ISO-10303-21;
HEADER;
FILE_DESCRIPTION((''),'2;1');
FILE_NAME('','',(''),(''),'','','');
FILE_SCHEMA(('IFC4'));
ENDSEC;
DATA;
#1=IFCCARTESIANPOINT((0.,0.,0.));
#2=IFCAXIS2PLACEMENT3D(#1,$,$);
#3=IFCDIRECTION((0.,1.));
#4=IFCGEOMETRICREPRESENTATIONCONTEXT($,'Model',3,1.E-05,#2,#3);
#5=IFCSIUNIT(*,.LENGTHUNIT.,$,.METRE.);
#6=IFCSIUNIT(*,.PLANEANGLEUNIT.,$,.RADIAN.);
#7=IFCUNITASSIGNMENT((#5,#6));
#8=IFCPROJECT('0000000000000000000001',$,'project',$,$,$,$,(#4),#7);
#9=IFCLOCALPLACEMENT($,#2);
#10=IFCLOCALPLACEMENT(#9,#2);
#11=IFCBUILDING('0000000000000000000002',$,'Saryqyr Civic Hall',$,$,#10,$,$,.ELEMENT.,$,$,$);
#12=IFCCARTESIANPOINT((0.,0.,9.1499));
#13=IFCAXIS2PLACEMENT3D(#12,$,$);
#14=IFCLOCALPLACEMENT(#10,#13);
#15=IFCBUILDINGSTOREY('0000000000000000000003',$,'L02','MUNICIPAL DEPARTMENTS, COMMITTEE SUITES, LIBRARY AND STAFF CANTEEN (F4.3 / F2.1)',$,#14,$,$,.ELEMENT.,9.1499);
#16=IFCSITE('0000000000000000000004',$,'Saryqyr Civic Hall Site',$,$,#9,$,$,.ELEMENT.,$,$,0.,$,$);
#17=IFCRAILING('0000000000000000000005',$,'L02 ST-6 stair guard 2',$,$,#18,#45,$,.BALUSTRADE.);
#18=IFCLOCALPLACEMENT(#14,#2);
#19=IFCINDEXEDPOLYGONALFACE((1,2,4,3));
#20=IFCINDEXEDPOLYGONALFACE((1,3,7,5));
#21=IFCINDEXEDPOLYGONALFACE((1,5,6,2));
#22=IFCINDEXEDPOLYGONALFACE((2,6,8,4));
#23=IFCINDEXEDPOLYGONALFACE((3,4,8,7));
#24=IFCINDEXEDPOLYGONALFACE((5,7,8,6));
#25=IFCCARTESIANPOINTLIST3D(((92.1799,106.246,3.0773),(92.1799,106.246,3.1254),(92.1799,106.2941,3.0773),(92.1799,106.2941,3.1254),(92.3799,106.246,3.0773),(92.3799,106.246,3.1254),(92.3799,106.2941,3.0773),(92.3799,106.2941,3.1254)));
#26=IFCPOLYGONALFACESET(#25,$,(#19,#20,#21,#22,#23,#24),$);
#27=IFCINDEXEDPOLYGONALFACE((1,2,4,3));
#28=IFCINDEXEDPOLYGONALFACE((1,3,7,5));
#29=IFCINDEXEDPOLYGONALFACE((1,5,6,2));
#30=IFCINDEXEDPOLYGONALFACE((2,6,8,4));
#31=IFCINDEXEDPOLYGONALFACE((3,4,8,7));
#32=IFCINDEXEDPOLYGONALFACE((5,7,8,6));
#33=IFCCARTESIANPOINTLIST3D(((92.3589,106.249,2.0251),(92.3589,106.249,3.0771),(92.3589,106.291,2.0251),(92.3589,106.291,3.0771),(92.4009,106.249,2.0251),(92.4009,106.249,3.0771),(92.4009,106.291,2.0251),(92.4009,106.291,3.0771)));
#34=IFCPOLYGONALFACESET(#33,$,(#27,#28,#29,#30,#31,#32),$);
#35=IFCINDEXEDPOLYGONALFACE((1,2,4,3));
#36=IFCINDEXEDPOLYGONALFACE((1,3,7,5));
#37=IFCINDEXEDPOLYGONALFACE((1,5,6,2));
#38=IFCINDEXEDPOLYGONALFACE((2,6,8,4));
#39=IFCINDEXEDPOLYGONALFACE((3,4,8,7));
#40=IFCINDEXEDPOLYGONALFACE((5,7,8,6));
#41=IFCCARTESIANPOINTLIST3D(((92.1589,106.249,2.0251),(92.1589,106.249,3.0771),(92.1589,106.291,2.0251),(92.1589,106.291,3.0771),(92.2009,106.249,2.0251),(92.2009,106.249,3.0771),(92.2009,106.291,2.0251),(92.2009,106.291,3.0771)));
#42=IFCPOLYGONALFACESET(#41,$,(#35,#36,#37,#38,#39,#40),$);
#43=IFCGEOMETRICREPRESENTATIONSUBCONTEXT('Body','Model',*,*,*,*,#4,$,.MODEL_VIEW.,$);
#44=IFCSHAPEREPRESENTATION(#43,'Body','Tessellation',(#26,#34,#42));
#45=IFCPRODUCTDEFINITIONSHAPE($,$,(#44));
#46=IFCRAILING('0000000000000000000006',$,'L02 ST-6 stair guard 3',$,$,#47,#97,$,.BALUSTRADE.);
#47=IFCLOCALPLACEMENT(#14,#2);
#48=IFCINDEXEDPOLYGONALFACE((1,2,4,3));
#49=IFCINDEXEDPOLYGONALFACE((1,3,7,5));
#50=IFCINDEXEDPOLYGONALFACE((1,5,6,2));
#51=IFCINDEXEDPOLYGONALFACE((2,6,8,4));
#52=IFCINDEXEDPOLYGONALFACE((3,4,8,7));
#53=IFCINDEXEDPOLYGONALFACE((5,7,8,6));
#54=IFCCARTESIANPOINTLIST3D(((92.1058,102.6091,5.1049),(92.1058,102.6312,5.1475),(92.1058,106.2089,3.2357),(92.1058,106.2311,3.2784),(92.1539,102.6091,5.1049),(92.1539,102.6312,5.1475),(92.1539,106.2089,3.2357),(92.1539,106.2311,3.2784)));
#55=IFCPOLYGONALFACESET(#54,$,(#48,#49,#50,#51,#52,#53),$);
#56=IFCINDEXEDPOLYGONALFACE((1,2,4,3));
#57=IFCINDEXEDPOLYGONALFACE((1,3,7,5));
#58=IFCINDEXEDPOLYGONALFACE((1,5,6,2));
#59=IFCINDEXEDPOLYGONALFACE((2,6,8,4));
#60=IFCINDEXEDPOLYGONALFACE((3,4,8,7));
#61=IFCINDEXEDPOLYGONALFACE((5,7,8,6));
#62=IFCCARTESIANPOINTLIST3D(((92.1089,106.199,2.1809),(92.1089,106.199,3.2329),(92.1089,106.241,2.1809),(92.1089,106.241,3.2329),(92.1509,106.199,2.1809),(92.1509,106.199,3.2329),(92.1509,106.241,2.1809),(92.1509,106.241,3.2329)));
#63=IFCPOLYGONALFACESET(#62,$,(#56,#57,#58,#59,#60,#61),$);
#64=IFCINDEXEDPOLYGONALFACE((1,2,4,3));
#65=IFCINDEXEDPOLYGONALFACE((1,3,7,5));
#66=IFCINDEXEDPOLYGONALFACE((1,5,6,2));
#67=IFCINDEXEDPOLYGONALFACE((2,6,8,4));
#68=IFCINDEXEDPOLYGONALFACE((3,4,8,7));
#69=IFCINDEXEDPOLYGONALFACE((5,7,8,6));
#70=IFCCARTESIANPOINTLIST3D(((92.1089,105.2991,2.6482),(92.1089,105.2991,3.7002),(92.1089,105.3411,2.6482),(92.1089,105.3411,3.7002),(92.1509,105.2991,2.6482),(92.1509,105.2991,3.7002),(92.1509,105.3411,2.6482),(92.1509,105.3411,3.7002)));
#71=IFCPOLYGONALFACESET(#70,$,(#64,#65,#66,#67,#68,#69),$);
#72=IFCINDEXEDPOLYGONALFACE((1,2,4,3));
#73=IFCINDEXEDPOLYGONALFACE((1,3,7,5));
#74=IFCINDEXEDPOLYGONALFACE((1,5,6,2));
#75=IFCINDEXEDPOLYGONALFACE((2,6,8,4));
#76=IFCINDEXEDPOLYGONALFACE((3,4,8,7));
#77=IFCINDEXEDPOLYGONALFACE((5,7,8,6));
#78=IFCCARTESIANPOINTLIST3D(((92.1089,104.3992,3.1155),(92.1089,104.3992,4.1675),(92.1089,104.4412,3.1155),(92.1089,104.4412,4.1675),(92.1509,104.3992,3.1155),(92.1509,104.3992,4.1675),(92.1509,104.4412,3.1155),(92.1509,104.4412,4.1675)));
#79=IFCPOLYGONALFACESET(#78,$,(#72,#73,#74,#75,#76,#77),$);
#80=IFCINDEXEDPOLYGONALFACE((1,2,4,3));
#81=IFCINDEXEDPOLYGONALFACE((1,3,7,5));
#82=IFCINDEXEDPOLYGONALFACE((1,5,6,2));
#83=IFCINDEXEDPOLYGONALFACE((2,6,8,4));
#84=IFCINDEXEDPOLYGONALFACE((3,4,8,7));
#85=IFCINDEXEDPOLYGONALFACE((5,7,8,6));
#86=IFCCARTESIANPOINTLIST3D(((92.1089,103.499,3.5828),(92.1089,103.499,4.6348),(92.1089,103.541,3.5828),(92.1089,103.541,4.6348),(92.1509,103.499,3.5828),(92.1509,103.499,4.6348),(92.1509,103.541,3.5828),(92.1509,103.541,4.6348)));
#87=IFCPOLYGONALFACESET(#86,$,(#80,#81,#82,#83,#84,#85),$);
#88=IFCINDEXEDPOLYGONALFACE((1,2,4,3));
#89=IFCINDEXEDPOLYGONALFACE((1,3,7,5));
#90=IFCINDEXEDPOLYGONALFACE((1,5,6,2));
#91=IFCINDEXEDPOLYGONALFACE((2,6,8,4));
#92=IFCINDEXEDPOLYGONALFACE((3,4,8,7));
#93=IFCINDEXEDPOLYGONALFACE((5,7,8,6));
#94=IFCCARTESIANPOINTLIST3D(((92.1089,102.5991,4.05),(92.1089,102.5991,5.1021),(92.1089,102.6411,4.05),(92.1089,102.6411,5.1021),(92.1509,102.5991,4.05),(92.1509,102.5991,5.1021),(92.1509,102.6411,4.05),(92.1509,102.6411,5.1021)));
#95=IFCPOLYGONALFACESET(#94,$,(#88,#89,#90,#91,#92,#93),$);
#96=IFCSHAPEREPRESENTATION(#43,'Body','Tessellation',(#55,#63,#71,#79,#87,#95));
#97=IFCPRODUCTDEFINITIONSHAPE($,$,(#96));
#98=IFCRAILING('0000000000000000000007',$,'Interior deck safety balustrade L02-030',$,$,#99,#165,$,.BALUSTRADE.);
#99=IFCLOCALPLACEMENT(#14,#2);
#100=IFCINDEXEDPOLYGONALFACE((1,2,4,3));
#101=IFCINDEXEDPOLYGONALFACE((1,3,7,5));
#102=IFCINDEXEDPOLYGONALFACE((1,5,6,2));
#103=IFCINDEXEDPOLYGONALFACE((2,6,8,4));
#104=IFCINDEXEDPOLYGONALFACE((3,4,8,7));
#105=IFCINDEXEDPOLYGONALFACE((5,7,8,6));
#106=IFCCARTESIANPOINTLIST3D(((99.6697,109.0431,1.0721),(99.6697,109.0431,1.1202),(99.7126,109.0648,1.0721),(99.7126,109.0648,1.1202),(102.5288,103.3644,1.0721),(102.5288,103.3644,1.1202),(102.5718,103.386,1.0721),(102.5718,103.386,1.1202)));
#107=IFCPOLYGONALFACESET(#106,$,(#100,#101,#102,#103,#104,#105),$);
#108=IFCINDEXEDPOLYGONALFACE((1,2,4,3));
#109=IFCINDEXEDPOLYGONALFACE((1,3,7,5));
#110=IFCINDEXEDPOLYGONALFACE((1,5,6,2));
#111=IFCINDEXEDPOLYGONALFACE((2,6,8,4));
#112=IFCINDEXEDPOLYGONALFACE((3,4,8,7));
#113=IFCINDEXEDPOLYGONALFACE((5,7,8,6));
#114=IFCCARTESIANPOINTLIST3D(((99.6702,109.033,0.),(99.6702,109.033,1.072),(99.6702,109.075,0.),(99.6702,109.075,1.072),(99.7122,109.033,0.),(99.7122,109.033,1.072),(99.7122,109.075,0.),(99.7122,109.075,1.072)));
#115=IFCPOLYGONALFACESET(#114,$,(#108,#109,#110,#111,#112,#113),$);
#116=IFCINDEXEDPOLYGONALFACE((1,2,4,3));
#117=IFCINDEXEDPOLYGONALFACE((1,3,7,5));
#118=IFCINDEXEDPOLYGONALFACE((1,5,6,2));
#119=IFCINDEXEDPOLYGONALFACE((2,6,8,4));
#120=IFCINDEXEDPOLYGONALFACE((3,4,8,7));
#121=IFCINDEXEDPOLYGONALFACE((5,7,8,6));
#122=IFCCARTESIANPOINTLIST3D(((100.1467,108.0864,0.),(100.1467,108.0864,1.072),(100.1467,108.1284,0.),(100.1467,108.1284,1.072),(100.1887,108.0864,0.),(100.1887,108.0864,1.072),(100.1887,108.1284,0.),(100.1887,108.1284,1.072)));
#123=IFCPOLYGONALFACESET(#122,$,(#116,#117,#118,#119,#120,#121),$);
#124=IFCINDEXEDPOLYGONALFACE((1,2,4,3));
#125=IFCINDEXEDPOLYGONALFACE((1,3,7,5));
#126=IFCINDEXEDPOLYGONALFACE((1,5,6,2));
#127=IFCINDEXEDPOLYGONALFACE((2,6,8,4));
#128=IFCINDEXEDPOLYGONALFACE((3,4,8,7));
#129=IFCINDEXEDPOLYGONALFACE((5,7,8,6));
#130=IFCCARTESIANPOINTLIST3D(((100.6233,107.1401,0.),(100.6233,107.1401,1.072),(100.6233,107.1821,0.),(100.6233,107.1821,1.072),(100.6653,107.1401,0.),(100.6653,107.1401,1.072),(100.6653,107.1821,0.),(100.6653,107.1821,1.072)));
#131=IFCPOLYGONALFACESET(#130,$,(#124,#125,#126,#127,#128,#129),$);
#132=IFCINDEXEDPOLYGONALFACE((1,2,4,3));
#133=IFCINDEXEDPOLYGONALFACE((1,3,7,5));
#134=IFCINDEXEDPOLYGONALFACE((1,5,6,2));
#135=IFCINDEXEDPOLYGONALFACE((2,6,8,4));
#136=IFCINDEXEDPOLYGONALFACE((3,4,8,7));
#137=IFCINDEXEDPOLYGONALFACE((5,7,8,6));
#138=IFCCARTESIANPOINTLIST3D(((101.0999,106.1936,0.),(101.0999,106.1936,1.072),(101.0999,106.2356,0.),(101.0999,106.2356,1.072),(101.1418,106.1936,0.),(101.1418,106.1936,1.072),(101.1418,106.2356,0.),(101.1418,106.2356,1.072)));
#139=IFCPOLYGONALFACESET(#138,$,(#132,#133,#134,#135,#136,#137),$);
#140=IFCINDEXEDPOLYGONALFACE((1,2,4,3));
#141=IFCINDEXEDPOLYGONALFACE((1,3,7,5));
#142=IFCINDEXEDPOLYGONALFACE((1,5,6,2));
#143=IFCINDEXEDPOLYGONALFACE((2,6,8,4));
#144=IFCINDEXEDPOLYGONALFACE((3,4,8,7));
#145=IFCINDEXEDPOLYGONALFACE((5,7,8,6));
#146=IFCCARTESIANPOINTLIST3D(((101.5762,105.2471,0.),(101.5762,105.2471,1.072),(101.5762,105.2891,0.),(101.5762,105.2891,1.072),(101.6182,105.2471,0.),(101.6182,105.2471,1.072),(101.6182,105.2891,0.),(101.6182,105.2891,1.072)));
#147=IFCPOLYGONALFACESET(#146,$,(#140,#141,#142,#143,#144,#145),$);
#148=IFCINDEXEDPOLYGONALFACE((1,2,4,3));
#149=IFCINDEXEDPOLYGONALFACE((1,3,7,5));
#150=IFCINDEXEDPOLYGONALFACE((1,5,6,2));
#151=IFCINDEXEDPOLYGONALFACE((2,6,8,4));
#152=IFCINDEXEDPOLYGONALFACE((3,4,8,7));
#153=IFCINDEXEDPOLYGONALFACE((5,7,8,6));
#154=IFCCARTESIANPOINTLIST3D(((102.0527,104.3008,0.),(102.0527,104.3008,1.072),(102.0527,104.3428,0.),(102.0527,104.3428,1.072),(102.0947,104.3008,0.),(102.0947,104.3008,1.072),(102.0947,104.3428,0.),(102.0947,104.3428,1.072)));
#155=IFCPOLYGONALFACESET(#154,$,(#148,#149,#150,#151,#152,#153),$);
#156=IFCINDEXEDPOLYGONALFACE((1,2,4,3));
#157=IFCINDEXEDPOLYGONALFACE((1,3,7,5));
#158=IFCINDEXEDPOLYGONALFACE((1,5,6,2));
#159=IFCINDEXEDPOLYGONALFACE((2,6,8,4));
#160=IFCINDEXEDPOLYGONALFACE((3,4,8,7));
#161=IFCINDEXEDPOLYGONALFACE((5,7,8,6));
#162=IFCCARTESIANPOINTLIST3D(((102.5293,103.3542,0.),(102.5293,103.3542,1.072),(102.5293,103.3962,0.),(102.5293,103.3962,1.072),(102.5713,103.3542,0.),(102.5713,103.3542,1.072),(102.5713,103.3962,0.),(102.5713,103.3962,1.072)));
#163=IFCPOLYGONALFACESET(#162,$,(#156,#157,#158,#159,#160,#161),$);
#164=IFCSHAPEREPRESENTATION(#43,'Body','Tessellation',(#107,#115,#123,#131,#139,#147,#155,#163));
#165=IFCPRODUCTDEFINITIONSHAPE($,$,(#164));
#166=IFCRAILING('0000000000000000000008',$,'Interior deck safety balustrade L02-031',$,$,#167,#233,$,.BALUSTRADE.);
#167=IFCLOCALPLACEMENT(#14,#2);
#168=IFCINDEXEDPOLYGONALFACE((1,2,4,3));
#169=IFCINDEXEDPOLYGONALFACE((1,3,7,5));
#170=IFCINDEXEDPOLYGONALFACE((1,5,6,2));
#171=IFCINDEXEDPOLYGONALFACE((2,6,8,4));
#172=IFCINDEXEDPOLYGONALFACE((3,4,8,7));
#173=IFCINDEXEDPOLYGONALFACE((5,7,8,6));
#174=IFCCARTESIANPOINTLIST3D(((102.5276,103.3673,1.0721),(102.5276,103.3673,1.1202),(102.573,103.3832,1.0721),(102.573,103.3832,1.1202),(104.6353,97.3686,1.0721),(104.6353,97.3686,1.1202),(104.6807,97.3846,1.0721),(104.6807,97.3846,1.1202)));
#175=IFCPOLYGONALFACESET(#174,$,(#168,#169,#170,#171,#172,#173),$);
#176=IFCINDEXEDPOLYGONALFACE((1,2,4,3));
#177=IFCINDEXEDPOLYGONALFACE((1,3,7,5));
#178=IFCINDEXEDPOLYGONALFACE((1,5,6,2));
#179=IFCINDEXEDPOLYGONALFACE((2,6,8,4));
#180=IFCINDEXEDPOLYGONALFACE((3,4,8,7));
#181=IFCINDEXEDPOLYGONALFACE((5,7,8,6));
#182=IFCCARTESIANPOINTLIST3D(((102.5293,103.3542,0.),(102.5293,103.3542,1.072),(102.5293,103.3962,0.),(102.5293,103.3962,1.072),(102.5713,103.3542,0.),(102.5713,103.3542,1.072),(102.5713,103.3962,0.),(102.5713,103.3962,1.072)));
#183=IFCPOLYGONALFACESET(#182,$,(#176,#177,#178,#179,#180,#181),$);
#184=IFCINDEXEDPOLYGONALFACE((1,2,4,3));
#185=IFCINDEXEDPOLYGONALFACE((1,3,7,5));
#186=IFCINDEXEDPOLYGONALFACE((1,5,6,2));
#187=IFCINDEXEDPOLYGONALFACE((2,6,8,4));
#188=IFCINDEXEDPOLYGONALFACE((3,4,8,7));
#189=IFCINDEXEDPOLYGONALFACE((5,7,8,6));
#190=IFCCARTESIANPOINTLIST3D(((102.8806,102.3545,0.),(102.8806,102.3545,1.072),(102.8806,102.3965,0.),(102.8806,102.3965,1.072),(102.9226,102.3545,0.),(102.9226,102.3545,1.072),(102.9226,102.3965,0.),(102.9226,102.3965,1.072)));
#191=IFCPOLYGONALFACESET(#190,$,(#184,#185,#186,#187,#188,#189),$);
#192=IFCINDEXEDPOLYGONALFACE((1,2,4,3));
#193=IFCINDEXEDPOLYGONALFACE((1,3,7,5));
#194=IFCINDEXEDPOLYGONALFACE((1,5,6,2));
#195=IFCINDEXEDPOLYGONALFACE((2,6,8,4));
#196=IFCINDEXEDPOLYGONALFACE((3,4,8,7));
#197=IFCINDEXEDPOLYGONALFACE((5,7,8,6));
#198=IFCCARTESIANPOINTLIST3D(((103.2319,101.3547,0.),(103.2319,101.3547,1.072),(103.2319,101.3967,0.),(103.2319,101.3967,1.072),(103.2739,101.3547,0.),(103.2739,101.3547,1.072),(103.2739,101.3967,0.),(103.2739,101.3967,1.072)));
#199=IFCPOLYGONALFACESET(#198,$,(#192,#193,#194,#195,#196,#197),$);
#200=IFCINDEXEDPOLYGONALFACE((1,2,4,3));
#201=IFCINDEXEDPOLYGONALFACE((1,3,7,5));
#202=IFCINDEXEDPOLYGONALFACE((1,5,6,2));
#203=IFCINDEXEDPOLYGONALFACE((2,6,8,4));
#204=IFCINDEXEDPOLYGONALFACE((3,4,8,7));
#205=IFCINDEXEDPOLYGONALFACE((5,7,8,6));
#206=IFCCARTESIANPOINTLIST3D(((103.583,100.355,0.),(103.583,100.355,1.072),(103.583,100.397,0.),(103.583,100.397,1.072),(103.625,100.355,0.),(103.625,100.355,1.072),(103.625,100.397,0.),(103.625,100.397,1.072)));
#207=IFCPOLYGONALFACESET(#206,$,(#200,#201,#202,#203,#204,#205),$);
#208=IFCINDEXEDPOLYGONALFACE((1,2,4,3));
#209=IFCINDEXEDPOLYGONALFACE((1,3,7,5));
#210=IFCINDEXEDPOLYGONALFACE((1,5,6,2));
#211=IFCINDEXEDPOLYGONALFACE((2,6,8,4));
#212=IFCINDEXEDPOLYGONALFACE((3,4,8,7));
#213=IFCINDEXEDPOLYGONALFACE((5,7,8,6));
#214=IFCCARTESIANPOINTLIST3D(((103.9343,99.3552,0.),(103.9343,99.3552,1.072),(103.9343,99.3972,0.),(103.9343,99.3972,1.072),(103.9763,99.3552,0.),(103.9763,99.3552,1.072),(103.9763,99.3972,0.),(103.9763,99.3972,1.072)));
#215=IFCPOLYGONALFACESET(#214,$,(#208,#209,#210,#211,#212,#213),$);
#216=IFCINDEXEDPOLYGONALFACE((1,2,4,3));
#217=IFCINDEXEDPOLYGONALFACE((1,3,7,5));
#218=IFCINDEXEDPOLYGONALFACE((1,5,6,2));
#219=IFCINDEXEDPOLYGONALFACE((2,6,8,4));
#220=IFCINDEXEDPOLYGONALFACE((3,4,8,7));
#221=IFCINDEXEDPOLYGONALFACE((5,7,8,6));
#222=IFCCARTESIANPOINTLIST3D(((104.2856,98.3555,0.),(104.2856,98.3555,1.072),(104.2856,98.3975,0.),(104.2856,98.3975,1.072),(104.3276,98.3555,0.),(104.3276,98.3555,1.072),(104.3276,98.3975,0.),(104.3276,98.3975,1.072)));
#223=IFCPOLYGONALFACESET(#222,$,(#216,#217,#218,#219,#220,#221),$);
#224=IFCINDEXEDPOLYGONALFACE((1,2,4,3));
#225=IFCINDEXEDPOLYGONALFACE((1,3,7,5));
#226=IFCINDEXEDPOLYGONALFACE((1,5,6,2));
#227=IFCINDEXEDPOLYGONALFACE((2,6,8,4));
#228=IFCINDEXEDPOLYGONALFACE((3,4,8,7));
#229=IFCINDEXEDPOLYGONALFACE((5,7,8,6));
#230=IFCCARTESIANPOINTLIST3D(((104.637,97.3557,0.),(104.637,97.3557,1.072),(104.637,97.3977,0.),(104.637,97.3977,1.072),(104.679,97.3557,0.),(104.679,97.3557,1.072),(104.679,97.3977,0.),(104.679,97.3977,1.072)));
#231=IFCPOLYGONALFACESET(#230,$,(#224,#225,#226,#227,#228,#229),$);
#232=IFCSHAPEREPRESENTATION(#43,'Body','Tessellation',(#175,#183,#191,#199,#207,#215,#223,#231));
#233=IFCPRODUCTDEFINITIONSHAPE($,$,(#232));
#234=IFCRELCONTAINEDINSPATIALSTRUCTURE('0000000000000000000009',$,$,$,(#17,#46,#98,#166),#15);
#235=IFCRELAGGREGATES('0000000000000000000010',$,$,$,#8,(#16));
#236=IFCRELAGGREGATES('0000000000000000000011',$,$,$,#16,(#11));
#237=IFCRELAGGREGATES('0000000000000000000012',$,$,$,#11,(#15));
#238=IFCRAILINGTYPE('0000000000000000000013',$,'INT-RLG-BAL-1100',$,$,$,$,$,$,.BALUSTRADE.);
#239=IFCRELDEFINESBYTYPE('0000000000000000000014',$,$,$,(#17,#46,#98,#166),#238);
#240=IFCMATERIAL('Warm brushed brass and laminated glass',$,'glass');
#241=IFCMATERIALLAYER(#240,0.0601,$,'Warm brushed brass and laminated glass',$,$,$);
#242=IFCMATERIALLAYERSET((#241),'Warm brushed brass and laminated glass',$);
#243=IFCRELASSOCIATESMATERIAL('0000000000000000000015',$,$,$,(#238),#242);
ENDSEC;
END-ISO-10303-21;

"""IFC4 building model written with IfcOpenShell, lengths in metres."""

from ifc_helpers import new_model, si_unit, direction, frame, origin, origin_2d, place, context, subcontext, project, spatial, rectangle, extrude, material, layer, layer_set, type_object, element, save


model = new_model("IFC4")

# Units and contexts
model_context = context("Model", 3, precision=1e-05, world=origin(), true_north=direction((0.0, 1.0)))
body_context = subcontext(model_context, "Body", "Model", "MODEL_VIEW")
ifc_project = project(units=[si_unit("LENGTHUNIT", "METRE"), si_unit("PLANEANGLEUNIT", "RADIAN")], contexts=[model_context])

# Site, building, storey
site_placement = place(None, origin())
site = spatial("IfcSite", under=ifc_project, at=site_placement, Name="Saryqyr Civic Hall Site", CompositionType="ELEMENT", RefElevation=0.0)
building_placement = place(site_placement, origin())
building = spatial("IfcBuilding", under=site, at=building_placement, Name="Saryqyr Civic Hall", CompositionType="ELEMENT")
storey_placement = place(building_placement, frame((0.0, 0.0, 9.1499)))
storey = spatial("IfcBuildingStorey", under=building, at=storey_placement, Name="L02", Description="MUNICIPAL DEPARTMENTS, COMMITTEE SUITES, LIBRARY AND STAFF CANTEEN (F4.3 / F2.1)", CompositionType="ELEMENT", Elevation=9.1499)

# Railings
ifc_material_1 = material(Name="Warm brushed brass and laminated glass", Category="glass")
ifc_layer_1 = layer(ifc_material_1, 0.0601, Name="Warm brushed brass and laminated glass")
ifc_layer_set_1 = layer_set([ifc_layer_1], Name="Warm brushed brass and laminated glass")
railing_type_1 = type_object("IfcRailingType", Name="INT-RLG-BAL-1100", PredefinedType="BALUSTRADE", material=ifc_layer_set_1)
railing_1_placement = place(storey_placement, frame((92.3799, 106.27, 2.0251)))
element("IfcRailing", 1, at=railing_1_placement, inside=storey, type_object=railing_type_1, Name="L02 ST-6 stair guard 2", PredefinedType="BALUSTRADE", context=body_context, shape_type="SweptSolid", body=[
    extrude(rectangle(XDim=0.0481, YDim=0.0481, at=origin_2d()), frame((0.0, 0.0, 1.0762), z_axis=(-1.0, 0.0, 0.0), x_axis=(0.0, -1.0, 0.0)), (0.0, 0.0, 1.0), 0.2),
    extrude(rectangle(XDim=0.042, YDim=0.042, at=origin_2d()), origin(), (0.0, 0.0, 1.0), 1.052),
    extrude(rectangle(XDim=0.042, YDim=0.042, at=origin_2d()), frame((-0.2, 0.0, 0.0)), (0.0, 0.0, 1.0), 1.052),
])
railing_2_placement = place(storey_placement, frame((92.1299, 106.22, 2.1809)))
element("IfcRailing", 2, at=railing_2_placement, inside=storey, type_object=railing_type_1, Name="L02 ST-6 stair guard 3", PredefinedType="BALUSTRADE", context=body_context, shape_type="SweptSolid", body=[
    extrude(rectangle(XDim=0.0481, YDim=0.0481, at=origin_2d()), frame((0.0, 0.0, 1.0762), z_axis=(0.0, -0.887497, 0.460813), x_axis=(1.0, 0.0, 0.0)), (0.0, 0.0, 1.0), 4.0562),
    extrude(rectangle(XDim=0.042, YDim=0.042, at=origin_2d()), origin(), (0.0, 0.0, 1.0), 1.052),
    extrude(rectangle(XDim=0.042, YDim=0.042, at=origin_2d()), frame((0.0, -0.8999, 0.4673)), (0.0, 0.0, 1.0), 1.052),
    extrude(rectangle(XDim=0.042, YDim=0.042, at=origin_2d()), frame((0.0, -1.7998, 0.9346)), (0.0, 0.0, 1.0), 1.052),
    extrude(rectangle(XDim=0.042, YDim=0.042, at=origin_2d()), frame((0.0, -2.7, 1.4019)), (0.0, 0.0, 1.0), 1.052),
    extrude(rectangle(XDim=0.042, YDim=0.042, at=origin_2d()), frame((0.0, -3.5999, 1.8691)), (0.0, 0.0, 1.0), 1.052),
])
railing_3_placement = place(storey_placement, frame((99.6912, 109.054, 0.0)))
element("IfcRailing", 3, at=railing_3_placement, inside=storey, type_object=railing_type_1, Name="Interior deck safety balustrade L02-030", PredefinedType="BALUSTRADE", context=body_context, shape_type="SweptSolid", body=[
    extrude(rectangle(XDim=0.0481, YDim=0.0481, at=origin_2d()), frame((0.0, 0.0, 1.0962), z_axis=(0.4497, -0.89318, 0.0), x_axis=(0.89318, 0.4497, 0.0)), (0.0, 0.0, 1.0), 6.3579),
    extrude(rectangle(XDim=0.042, YDim=0.042, at=origin_2d()), origin(), (0.0, 0.0, 1.0), 1.072),
    extrude(rectangle(XDim=0.042, YDim=0.042, at=origin_2d()), frame((0.4766, -0.9465, 0.0)), (0.0, 0.0, 1.0), 1.072),
    extrude(rectangle(XDim=0.042, YDim=0.042, at=origin_2d()), frame((0.9531, -1.8928, 0.0)), (0.0, 0.0, 1.0), 1.072),
    extrude(rectangle(XDim=0.042, YDim=0.042, at=origin_2d()), frame((1.4297, -2.8394, 0.0)), (0.0, 0.0, 1.0), 1.072),
    extrude(rectangle(XDim=0.042, YDim=0.042, at=origin_2d()), frame((1.906, -3.7859, 0.0)), (0.0, 0.0, 1.0), 1.072),
    extrude(rectangle(XDim=0.042, YDim=0.042, at=origin_2d()), frame((2.3826, -4.7322, 0.0)), (0.0, 0.0, 1.0), 1.072),
    extrude(rectangle(XDim=0.042, YDim=0.042, at=origin_2d()), frame((2.8591, -5.6787, 0.0)), (0.0, 0.0, 1.0), 1.072),
])
railing_4_placement = place(storey_placement, frame((102.5503, 103.3752, 0.0)))
element("IfcRailing", 4, at=railing_4_placement, inside=storey, type_object=railing_type_1, Name="Interior deck safety balustrade L02-031", PredefinedType="BALUSTRADE", context=body_context, shape_type="SweptSolid", body=[
    extrude(rectangle(XDim=0.0481, YDim=0.0481, at=origin_2d()), frame((0.0, 0.0, 1.0962), z_axis=(0.331496, -0.943457, 0.0), x_axis=(0.943457, 0.331496, 0.0)), (0.0, 0.0, 1.0), 6.3582),
    extrude(rectangle(XDim=0.042, YDim=0.042, at=origin_2d()), origin(), (0.0, 0.0, 1.0), 1.072),
    extrude(rectangle(XDim=0.042, YDim=0.042, at=origin_2d()), frame((0.3513, -0.9998, 0.0)), (0.0, 0.0, 1.0), 1.072),
    extrude(rectangle(XDim=0.042, YDim=0.042, at=origin_2d()), frame((0.7026, -1.9995, 0.0)), (0.0, 0.0, 1.0), 1.072),
    extrude(rectangle(XDim=0.042, YDim=0.042, at=origin_2d()), frame((1.0537, -2.9993, 0.0)), (0.0, 0.0, 1.0), 1.072),
    extrude(rectangle(XDim=0.042, YDim=0.042, at=origin_2d()), frame((1.405, -3.999, 0.0)), (0.0, 0.0, 1.0), 1.072),
    extrude(rectangle(XDim=0.042, YDim=0.042, at=origin_2d()), frame((1.7563, -4.9988, 0.0)), (0.0, 0.0, 1.0), 1.072),
    extrude(rectangle(XDim=0.042, YDim=0.042, at=origin_2d()), frame((2.1077, -5.9985, 0.0)), (0.0, 0.0, 1.0), 1.072),
])

save(model, "model.ifc")
